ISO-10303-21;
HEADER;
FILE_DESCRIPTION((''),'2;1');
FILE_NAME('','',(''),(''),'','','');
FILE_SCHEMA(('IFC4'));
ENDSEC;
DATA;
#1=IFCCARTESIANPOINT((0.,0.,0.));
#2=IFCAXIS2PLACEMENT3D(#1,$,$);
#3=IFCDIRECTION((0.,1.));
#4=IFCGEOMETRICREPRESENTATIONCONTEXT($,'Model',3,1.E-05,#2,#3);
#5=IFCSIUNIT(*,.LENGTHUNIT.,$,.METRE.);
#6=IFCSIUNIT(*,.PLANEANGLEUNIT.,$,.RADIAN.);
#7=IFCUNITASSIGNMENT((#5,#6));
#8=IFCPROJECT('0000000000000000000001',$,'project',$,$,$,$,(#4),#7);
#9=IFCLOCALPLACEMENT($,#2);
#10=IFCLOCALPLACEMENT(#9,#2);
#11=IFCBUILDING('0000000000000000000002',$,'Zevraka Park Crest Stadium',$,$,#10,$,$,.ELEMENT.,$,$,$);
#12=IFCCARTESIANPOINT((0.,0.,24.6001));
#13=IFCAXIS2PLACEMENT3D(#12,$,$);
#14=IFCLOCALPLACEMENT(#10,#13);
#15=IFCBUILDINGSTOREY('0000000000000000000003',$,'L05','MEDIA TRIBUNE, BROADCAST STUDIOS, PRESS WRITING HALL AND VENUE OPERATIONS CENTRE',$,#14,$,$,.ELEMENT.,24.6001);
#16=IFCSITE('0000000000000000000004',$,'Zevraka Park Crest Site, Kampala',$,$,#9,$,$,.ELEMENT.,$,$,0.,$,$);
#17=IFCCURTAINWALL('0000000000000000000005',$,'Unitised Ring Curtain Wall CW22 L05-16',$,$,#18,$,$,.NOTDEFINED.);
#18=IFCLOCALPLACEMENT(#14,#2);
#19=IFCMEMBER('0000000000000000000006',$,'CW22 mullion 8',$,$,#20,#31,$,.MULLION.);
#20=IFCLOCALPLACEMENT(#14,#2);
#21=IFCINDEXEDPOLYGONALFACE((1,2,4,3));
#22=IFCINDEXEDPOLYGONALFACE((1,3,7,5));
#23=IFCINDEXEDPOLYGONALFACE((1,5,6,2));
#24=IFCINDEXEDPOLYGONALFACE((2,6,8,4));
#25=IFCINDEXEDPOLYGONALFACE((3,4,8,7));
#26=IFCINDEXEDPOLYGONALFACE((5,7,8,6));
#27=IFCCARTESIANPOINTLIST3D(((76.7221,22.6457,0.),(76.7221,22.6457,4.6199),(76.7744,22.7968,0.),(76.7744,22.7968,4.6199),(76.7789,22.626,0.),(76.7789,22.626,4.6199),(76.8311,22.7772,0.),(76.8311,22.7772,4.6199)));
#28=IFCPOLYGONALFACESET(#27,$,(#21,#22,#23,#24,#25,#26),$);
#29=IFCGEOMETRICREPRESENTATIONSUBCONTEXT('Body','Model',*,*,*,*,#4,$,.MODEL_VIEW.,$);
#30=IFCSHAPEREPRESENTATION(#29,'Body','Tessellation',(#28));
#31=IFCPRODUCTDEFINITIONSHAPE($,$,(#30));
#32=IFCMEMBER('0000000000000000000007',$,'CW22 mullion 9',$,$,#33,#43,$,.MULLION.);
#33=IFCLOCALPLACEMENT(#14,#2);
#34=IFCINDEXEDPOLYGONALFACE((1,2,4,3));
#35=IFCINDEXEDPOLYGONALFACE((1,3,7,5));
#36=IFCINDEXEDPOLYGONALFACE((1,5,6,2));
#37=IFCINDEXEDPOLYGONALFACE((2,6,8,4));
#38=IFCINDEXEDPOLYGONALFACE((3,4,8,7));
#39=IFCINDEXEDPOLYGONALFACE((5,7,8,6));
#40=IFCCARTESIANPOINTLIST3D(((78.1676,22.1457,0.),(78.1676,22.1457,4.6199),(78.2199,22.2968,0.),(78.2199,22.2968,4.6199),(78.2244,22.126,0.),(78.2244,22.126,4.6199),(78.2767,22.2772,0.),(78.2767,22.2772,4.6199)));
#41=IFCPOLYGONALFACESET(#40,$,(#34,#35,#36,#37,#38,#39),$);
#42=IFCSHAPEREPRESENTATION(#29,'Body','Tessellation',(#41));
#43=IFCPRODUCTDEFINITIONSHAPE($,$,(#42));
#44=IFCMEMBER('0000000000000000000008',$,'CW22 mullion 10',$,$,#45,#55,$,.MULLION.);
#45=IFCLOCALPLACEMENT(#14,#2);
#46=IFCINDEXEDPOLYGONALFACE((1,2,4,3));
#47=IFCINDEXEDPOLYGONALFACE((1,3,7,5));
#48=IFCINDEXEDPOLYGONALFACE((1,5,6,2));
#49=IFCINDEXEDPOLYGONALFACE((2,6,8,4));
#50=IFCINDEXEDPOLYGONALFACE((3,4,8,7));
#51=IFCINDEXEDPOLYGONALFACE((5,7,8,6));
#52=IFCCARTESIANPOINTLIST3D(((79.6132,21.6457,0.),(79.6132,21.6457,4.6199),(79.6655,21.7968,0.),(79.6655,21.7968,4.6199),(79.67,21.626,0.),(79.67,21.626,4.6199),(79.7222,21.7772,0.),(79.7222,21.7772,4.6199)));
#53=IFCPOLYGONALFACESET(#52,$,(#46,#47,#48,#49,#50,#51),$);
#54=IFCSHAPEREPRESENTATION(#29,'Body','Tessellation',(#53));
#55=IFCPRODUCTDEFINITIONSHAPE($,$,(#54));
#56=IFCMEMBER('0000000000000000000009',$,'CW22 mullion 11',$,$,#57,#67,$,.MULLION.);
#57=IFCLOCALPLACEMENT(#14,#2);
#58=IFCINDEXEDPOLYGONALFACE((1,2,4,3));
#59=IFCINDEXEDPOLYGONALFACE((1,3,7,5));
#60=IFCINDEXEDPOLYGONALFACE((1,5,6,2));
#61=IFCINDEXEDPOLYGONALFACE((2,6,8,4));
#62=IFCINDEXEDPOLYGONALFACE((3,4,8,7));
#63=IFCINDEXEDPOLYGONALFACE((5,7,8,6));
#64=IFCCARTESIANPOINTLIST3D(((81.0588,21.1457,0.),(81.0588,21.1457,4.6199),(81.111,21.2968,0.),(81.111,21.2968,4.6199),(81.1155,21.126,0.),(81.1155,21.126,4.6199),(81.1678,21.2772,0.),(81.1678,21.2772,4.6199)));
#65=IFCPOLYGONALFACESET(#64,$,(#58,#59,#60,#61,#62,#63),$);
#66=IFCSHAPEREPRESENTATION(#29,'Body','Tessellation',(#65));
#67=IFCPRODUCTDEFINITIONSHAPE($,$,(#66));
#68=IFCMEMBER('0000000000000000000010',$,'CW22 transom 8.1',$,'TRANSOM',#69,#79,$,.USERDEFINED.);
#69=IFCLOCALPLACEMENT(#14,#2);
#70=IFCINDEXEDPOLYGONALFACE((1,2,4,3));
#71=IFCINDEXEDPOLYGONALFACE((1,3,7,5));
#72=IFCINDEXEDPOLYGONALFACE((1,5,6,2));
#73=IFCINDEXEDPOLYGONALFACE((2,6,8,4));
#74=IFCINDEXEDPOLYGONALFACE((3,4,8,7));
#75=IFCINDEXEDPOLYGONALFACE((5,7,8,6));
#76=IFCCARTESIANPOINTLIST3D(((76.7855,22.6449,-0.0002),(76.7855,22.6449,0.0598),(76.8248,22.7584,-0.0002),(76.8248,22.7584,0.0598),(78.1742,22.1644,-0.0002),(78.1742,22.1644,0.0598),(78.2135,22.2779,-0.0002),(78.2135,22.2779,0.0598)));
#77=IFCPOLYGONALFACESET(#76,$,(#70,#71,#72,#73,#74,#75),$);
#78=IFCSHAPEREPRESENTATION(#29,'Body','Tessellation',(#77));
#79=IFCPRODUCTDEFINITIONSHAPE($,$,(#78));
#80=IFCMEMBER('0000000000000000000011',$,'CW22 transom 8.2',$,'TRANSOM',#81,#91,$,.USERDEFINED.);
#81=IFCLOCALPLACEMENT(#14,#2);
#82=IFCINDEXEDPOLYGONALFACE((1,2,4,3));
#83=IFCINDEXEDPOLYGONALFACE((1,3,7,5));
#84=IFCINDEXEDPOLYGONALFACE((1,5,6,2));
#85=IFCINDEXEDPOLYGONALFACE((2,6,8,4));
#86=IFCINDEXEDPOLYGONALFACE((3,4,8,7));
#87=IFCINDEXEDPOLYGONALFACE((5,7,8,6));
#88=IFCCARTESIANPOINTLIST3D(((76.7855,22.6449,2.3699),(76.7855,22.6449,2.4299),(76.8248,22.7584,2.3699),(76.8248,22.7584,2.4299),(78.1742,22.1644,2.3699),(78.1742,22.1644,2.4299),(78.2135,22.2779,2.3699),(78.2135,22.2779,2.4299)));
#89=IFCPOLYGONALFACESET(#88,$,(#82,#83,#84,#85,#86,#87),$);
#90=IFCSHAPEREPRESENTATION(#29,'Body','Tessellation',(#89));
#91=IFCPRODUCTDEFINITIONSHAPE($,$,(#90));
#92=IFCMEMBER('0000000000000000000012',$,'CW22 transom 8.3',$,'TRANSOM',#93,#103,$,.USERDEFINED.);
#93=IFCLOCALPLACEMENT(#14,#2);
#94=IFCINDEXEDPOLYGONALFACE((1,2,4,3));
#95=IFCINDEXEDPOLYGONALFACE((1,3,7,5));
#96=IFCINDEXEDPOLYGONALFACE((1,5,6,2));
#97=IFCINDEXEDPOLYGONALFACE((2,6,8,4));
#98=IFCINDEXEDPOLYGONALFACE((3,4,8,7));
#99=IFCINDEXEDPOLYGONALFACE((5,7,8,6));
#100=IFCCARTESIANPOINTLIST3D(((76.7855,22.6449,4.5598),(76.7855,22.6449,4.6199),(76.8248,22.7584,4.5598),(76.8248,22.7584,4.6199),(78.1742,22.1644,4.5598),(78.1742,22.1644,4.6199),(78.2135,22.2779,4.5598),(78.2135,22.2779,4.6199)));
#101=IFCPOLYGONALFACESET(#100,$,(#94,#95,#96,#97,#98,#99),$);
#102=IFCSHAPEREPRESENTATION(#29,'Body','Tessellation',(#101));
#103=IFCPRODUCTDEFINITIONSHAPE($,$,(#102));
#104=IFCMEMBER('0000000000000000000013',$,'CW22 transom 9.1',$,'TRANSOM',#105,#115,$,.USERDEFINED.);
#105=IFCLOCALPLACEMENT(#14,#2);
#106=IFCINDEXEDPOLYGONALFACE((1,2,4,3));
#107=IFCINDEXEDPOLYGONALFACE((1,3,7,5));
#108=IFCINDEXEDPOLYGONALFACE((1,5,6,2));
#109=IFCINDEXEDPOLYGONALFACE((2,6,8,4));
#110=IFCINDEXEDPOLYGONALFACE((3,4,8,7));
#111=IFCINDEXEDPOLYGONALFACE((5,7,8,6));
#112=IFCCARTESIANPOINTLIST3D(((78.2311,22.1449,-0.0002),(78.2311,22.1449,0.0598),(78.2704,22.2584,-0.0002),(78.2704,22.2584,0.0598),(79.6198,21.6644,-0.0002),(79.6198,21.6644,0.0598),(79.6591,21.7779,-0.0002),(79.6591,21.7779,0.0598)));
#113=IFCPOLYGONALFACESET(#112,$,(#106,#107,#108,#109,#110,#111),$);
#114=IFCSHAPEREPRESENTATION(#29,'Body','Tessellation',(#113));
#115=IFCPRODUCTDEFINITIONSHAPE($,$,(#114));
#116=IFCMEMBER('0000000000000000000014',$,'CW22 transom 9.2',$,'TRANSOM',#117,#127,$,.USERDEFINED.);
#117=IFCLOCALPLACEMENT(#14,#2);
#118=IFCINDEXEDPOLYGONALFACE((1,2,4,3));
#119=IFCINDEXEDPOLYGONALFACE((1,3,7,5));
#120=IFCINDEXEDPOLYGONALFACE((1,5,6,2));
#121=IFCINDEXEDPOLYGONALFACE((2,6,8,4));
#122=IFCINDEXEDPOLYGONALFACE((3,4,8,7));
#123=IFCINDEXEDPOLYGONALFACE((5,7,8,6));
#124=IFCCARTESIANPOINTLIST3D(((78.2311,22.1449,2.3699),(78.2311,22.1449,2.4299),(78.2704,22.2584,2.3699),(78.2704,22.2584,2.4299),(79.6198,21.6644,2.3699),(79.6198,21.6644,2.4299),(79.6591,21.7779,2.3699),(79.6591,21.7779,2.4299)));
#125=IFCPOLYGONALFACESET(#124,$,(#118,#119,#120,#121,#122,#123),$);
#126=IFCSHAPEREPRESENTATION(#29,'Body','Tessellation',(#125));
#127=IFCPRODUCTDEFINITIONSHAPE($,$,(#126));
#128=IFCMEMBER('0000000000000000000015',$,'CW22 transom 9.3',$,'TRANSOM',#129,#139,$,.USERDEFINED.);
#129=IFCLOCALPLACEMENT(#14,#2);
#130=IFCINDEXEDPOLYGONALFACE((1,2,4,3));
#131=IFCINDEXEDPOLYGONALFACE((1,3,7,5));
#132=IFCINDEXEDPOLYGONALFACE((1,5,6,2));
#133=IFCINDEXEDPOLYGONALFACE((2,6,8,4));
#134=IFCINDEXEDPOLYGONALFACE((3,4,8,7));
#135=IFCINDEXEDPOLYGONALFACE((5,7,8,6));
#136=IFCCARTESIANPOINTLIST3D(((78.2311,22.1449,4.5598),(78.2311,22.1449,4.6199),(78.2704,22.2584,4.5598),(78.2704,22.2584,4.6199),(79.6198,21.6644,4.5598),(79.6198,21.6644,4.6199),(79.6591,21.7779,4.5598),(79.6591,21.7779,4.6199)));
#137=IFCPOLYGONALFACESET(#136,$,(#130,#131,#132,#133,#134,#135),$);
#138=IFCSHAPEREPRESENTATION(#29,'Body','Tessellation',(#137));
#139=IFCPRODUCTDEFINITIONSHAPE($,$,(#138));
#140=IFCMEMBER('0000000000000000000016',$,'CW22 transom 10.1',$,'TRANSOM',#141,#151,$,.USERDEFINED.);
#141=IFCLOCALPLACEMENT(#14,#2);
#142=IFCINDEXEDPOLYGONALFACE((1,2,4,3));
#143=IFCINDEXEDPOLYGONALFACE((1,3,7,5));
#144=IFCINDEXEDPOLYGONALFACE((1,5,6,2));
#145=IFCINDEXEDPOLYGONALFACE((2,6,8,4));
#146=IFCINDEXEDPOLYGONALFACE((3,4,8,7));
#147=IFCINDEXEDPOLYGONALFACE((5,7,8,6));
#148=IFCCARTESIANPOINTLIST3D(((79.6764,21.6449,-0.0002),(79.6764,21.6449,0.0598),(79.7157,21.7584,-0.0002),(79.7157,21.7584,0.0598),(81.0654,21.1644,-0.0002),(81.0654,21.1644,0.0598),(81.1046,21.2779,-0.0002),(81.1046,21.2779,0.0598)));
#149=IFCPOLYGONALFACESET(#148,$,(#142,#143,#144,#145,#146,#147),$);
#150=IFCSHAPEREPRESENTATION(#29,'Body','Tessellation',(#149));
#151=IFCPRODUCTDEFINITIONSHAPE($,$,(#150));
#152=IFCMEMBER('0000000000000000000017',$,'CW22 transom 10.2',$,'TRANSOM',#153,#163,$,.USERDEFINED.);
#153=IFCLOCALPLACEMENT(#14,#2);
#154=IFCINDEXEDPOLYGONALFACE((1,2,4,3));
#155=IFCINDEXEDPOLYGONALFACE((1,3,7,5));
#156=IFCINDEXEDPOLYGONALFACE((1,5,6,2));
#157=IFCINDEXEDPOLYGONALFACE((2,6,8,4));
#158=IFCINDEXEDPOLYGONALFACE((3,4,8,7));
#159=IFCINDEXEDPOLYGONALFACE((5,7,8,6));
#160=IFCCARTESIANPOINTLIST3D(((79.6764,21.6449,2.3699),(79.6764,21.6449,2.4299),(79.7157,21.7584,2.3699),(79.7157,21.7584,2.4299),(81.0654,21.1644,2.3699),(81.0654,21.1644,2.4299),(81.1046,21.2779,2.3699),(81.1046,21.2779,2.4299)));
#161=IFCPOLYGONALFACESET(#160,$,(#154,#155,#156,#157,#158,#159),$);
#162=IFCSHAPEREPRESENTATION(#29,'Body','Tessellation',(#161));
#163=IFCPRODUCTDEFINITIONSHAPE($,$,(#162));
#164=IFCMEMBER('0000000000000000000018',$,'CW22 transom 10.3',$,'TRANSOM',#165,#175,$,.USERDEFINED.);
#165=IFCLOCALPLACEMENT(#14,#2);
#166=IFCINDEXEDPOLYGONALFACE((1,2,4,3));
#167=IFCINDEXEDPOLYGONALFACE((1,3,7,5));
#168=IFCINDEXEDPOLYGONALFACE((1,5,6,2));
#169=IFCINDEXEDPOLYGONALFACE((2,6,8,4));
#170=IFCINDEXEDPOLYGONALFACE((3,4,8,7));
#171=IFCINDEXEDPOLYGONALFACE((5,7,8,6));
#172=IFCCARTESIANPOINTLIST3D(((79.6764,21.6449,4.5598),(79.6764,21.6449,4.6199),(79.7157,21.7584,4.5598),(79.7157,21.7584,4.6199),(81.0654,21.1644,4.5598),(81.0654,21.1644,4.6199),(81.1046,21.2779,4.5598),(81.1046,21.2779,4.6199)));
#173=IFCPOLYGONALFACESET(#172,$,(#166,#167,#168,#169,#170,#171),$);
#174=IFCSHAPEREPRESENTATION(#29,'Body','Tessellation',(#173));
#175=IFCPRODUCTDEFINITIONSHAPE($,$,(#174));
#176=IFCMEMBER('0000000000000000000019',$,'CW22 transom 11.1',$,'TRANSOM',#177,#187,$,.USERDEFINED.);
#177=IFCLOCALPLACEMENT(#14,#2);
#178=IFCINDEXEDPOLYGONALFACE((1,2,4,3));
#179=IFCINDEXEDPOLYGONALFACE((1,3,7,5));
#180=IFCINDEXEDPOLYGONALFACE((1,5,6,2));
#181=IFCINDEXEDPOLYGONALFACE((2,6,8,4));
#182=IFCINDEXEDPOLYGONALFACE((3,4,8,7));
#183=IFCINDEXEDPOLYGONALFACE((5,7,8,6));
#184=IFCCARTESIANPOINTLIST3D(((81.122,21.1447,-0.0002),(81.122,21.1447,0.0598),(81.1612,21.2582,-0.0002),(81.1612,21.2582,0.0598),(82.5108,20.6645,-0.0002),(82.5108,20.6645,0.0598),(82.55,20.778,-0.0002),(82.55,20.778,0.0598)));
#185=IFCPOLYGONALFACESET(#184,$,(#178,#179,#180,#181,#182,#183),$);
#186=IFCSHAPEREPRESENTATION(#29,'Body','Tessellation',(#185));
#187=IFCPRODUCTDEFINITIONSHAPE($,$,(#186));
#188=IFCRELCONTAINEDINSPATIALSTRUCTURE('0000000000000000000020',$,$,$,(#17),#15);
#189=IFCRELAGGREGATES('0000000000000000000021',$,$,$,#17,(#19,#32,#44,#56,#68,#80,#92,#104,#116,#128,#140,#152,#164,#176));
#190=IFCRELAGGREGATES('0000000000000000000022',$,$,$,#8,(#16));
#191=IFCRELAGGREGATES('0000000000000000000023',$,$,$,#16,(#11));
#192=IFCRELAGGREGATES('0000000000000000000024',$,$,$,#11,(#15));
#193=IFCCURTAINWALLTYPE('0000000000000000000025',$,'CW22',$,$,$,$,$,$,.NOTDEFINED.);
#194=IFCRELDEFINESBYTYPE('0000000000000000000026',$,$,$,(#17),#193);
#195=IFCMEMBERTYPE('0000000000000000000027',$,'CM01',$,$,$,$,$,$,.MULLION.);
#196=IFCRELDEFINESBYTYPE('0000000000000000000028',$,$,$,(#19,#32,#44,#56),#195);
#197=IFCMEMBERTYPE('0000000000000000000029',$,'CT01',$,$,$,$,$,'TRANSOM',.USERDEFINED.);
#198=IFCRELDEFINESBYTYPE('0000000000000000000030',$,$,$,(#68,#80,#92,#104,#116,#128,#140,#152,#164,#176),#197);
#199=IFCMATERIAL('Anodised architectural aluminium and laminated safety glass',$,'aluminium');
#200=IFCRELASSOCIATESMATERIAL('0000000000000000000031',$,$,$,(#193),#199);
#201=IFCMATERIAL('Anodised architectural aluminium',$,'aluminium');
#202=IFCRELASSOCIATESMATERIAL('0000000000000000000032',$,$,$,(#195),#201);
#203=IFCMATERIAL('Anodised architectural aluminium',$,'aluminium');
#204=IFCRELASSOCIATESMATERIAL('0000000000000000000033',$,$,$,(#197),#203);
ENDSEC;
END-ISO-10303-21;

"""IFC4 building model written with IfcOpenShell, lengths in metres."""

from ifc_helpers import new_model, si_unit, direction, frame, origin, origin_2d, place, context, subcontext, project, spatial, rectangle, extrude, material, material_profile, profile_set, type_object, element, aggregate, save


model = new_model("IFC4")

# Units and contexts
model_context = context("Model", 3, precision=1e-05, world=origin(), true_north=direction((0.0, 1.0)))
body_context = subcontext(model_context, "Body", "Model", "MODEL_VIEW")
ifc_project = project(units=[si_unit("LENGTHUNIT", "METRE"), si_unit("PLANEANGLEUNIT", "RADIAN")], contexts=[model_context])

# Site, building, storey
site_placement = place(None, origin())
site = spatial("IfcSite", under=ifc_project, at=site_placement, Name="Zevraka Park Crest Site, Kampala", CompositionType="ELEMENT", RefElevation=0.0)
building_placement = place(site_placement, origin())
building = spatial("IfcBuilding", under=site, at=building_placement, Name="Zevraka Park Crest Stadium", CompositionType="ELEMENT")
storey_placement = place(building_placement, frame((0.0, 0.0, 24.6001)))
storey = spatial("IfcBuildingStorey", under=building, at=storey_placement, Name="L05", Description="MEDIA TRIBUNE, BROADCAST STUDIOS, PRESS WRITING HALL AND VENUE OPERATIONS CENTRE", CompositionType="ELEMENT", Elevation=24.6001)

# Curtain wall, members
ifc_material_1 = material(Name="Anodised architectural aluminium and laminated safety glass", Category="aluminium")
curtain_wall_type = type_object("IfcCurtainWallType", Name="CW22", PredefinedType="NOTDEFINED", material=ifc_material_1)
curtain_wall_placement = place(storey_placement, origin())
curtain_wall = element("IfcCurtainWall", 1, at=curtain_wall_placement, inside=storey, type_object=curtain_wall_type, Name="Unitised Ring Curtain Wall CW22 L05-16", PredefinedType="NOTDEFINED")
ifc_material_2 = material(Name="Anodised architectural aluminium", Category="aluminium")
ifc_material_profile_1 = material_profile(ifc_material_2, rectangle(XDim=0.1599, YDim=0.0601, at=origin_2d()), Name="ALU MULLION 160x60")
ifc_profile_set_1 = profile_set([ifc_material_profile_1], Name="Anodised architectural aluminium")
member_type_1 = type_object("IfcMemberType", Name="CM01", PredefinedType="MULLION", material=ifc_profile_set_1)
member_1_placement = place(storey_placement, frame((76.7766, 22.7114, 0.0), z_axis=(0.0, 0.0, 1.0), x_axis=(0.326929, 0.945049, 0.0)))
member_1 = element("IfcMember", 2, at=member_1_placement, type_object=member_type_1, Name="CW22 mullion 8", PredefinedType="MULLION", context=body_context, shape_type="SweptSolid", body=[
    extrude(rectangle(XDim=0.1599, YDim=0.0601, at=origin_2d()), origin(), (0.0, 0.0, 1.0), 4.6199),
])
member_2_placement = place(storey_placement, frame((78.2222, 22.2114, 0.0), z_axis=(0.0, 0.0, 1.0), x_axis=(0.326929, 0.945049, 0.0)))
member_2 = element("IfcMember", 3, at=member_2_placement, type_object=member_type_1, Name="CW22 mullion 9", PredefinedType="MULLION", context=body_context, shape_type="SweptSolid", body=[
    extrude(rectangle(XDim=0.1599, YDim=0.0601, at=origin_2d()), origin(), (0.0, 0.0, 1.0), 4.6199),
])
member_3_placement = place(storey_placement, frame((79.6677, 21.7114, 0.0), z_axis=(0.0, 0.0, 1.0), x_axis=(0.326929, 0.945049, 0.0)))
member_3 = element("IfcMember", 4, at=member_3_placement, type_object=member_type_1, Name="CW22 mullion 10", PredefinedType="MULLION", context=body_context, shape_type="SweptSolid", body=[
    extrude(rectangle(XDim=0.1599, YDim=0.0601, at=origin_2d()), origin(), (0.0, 0.0, 1.0), 4.6199),
])
member_4_placement = place(storey_placement, frame((81.1133, 21.2114, 0.0), z_axis=(0.0, 0.0, 1.0), x_axis=(0.326929, 0.945049, 0.0)))
member_4 = element("IfcMember", 5, at=member_4_placement, type_object=member_type_1, Name="CW22 mullion 11", PredefinedType="MULLION", context=body_context, shape_type="SweptSolid", body=[
    extrude(rectangle(XDim=0.1599, YDim=0.0601, at=origin_2d()), origin(), (0.0, 0.0, 1.0), 4.6199),
])
ifc_material_3 = material(Name="Anodised architectural aluminium", Category="aluminium")
ifc_material_profile_2 = material_profile(ifc_material_3, rectangle(XDim=0.1201, YDim=0.0601, at=origin_2d()), Name="ALU TRANSOM 120x60")
ifc_profile_set_2 = profile_set([ifc_material_profile_2], Name="Anodised architectural aluminium")
member_type_2 = type_object("IfcMemberType", Name="CT01", ElementType="TRANSOM", PredefinedType="USERDEFINED", material=ifc_profile_set_2)
member_5_placement = place(storey_placement, frame((76.8052, 22.7017, 0.0298), z_axis=(0.945033, -0.326974, 0.0), x_axis=(0.326974, 0.945033, 0.0)))
member_5 = element("IfcMember", 6, at=member_5_placement, type_object=member_type_2, Name="CW22 transom 8.1", ObjectType="TRANSOM", PredefinedType="USERDEFINED", context=body_context, shape_type="SweptSolid", body=[
    extrude(rectangle(XDim=0.1201, YDim=0.0601, at=origin_2d()), origin(), (0.0, 0.0, 1.0), 1.4695),
])
member_6_placement = place(storey_placement, frame((76.8052, 22.7017, 2.3999), z_axis=(0.945033, -0.326974, 0.0), x_axis=(0.326974, 0.945033, 0.0)))
member_6 = element("IfcMember", 7, at=member_6_placement, type_object=member_type_2, Name="CW22 transom 8.2", ObjectType="TRANSOM", PredefinedType="USERDEFINED", context=body_context, shape_type="SweptSolid", body=[
    extrude(rectangle(XDim=0.1201, YDim=0.0601, at=origin_2d()), origin(), (0.0, 0.0, 1.0), 1.4695),
])
member_7_placement = place(storey_placement, frame((76.8052, 22.7017, 4.5898), z_axis=(0.945033, -0.326974, 0.0), x_axis=(0.326974, 0.945033, 0.0)))
member_7 = element("IfcMember", 8, at=member_7_placement, type_object=member_type_2, Name="CW22 transom 8.3", ObjectType="TRANSOM", PredefinedType="USERDEFINED", context=body_context, shape_type="SweptSolid", body=[
    extrude(rectangle(XDim=0.1201, YDim=0.0601, at=origin_2d()), origin(), (0.0, 0.0, 1.0), 1.4695),
])
member_8_placement = place(storey_placement, frame((78.2507, 22.2017, 0.0298), z_axis=(0.945033, -0.326974, 0.0), x_axis=(0.326974, 0.945033, 0.0)))
member_8 = element("IfcMember", 9, at=member_8_placement, type_object=member_type_2, Name="CW22 transom 9.1", ObjectType="TRANSOM", PredefinedType="USERDEFINED", context=body_context, shape_type="SweptSolid", body=[
    extrude(rectangle(XDim=0.1201, YDim=0.0601, at=origin_2d()), origin(), (0.0, 0.0, 1.0), 1.4695),
])
member_9_placement = place(storey_placement, frame((78.2507, 22.2017, 2.3999), z_axis=(0.945033, -0.326974, 0.0), x_axis=(0.326974, 0.945033, 0.0)))
member_9 = element("IfcMember", 10, at=member_9_placement, type_object=member_type_2, Name="CW22 transom 9.2", ObjectType="TRANSOM", PredefinedType="USERDEFINED", context=body_context, shape_type="SweptSolid", body=[
    extrude(rectangle(XDim=0.1201, YDim=0.0601, at=origin_2d()), origin(), (0.0, 0.0, 1.0), 1.4695),
])
member_10_placement = place(storey_placement, frame((78.2507, 22.2017, 4.5898), z_axis=(0.945033, -0.326974, 0.0), x_axis=(0.326974, 0.945033, 0.0)))
member_10 = element("IfcMember", 11, at=member_10_placement, type_object=member_type_2, Name="CW22 transom 9.3", ObjectType="TRANSOM", PredefinedType="USERDEFINED", context=body_context, shape_type="SweptSolid", body=[
    extrude(rectangle(XDim=0.1201, YDim=0.0601, at=origin_2d()), origin(), (0.0, 0.0, 1.0), 1.4695),
])
member_11_placement = place(storey_placement, frame((79.696, 21.7017, 0.0298), z_axis=(0.945051, -0.326922, 0.0), x_axis=(0.326922, 0.945051, 0.0)))
member_11 = element("IfcMember", 12, at=member_11_placement, type_object=member_type_2, Name="CW22 transom 10.1", ObjectType="TRANSOM", PredefinedType="USERDEFINED", context=body_context, shape_type="SweptSolid", body=[
    extrude(rectangle(XDim=0.1201, YDim=0.0601, at=origin_2d()), origin(), (0.0, 0.0, 1.0), 1.4697),
])
member_12_placement = place(storey_placement, frame((79.696, 21.7017, 2.3999), z_axis=(0.945051, -0.326922, 0.0), x_axis=(0.326922, 0.945051, 0.0)))
member_12 = element("IfcMember", 13, at=member_12_placement, type_object=member_type_2, Name="CW22 transom 10.2", ObjectType="TRANSOM", PredefinedType="USERDEFINED", context=body_context, shape_type="SweptSolid", body=[
    extrude(rectangle(XDim=0.1201, YDim=0.0601, at=origin_2d()), origin(), (0.0, 0.0, 1.0), 1.4697),
])
member_13_placement = place(storey_placement, frame((79.696, 21.7017, 4.5898), z_axis=(0.945051, -0.326922, 0.0), x_axis=(0.326922, 0.945051, 0.0)))
member_13 = element("IfcMember", 14, at=member_13_placement, type_object=member_type_2, Name="CW22 transom 10.3", ObjectType="TRANSOM", PredefinedType="USERDEFINED", context=body_context, shape_type="SweptSolid", body=[
    extrude(rectangle(XDim=0.1201, YDim=0.0601, at=origin_2d()), origin(), (0.0, 0.0, 1.0), 1.4697),
])
member_14_placement = place(storey_placement, frame((81.1416, 21.2014, 0.0298), z_axis=(0.945103, -0.326774, 0.0), x_axis=(0.326774, 0.945103, 0.0)))
member_14 = element("IfcMember", 15, at=member_14_placement, type_object=member_type_2, Name="CW22 transom 11.1", ObjectType="TRANSOM", PredefinedType="USERDEFINED", context=body_context, shape_type="SweptSolid", body=[
    extrude(rectangle(XDim=0.1201, YDim=0.0601, at=origin_2d()), origin(), (0.0, 0.0, 1.0), 1.4695),
])
aggregate(curtain_wall, [member_1, member_2, member_3, member_4, member_5, member_6, member_7, member_8, member_9, member_10, member_11, member_12, member_13, member_14])

save(model, "model.ifc")
